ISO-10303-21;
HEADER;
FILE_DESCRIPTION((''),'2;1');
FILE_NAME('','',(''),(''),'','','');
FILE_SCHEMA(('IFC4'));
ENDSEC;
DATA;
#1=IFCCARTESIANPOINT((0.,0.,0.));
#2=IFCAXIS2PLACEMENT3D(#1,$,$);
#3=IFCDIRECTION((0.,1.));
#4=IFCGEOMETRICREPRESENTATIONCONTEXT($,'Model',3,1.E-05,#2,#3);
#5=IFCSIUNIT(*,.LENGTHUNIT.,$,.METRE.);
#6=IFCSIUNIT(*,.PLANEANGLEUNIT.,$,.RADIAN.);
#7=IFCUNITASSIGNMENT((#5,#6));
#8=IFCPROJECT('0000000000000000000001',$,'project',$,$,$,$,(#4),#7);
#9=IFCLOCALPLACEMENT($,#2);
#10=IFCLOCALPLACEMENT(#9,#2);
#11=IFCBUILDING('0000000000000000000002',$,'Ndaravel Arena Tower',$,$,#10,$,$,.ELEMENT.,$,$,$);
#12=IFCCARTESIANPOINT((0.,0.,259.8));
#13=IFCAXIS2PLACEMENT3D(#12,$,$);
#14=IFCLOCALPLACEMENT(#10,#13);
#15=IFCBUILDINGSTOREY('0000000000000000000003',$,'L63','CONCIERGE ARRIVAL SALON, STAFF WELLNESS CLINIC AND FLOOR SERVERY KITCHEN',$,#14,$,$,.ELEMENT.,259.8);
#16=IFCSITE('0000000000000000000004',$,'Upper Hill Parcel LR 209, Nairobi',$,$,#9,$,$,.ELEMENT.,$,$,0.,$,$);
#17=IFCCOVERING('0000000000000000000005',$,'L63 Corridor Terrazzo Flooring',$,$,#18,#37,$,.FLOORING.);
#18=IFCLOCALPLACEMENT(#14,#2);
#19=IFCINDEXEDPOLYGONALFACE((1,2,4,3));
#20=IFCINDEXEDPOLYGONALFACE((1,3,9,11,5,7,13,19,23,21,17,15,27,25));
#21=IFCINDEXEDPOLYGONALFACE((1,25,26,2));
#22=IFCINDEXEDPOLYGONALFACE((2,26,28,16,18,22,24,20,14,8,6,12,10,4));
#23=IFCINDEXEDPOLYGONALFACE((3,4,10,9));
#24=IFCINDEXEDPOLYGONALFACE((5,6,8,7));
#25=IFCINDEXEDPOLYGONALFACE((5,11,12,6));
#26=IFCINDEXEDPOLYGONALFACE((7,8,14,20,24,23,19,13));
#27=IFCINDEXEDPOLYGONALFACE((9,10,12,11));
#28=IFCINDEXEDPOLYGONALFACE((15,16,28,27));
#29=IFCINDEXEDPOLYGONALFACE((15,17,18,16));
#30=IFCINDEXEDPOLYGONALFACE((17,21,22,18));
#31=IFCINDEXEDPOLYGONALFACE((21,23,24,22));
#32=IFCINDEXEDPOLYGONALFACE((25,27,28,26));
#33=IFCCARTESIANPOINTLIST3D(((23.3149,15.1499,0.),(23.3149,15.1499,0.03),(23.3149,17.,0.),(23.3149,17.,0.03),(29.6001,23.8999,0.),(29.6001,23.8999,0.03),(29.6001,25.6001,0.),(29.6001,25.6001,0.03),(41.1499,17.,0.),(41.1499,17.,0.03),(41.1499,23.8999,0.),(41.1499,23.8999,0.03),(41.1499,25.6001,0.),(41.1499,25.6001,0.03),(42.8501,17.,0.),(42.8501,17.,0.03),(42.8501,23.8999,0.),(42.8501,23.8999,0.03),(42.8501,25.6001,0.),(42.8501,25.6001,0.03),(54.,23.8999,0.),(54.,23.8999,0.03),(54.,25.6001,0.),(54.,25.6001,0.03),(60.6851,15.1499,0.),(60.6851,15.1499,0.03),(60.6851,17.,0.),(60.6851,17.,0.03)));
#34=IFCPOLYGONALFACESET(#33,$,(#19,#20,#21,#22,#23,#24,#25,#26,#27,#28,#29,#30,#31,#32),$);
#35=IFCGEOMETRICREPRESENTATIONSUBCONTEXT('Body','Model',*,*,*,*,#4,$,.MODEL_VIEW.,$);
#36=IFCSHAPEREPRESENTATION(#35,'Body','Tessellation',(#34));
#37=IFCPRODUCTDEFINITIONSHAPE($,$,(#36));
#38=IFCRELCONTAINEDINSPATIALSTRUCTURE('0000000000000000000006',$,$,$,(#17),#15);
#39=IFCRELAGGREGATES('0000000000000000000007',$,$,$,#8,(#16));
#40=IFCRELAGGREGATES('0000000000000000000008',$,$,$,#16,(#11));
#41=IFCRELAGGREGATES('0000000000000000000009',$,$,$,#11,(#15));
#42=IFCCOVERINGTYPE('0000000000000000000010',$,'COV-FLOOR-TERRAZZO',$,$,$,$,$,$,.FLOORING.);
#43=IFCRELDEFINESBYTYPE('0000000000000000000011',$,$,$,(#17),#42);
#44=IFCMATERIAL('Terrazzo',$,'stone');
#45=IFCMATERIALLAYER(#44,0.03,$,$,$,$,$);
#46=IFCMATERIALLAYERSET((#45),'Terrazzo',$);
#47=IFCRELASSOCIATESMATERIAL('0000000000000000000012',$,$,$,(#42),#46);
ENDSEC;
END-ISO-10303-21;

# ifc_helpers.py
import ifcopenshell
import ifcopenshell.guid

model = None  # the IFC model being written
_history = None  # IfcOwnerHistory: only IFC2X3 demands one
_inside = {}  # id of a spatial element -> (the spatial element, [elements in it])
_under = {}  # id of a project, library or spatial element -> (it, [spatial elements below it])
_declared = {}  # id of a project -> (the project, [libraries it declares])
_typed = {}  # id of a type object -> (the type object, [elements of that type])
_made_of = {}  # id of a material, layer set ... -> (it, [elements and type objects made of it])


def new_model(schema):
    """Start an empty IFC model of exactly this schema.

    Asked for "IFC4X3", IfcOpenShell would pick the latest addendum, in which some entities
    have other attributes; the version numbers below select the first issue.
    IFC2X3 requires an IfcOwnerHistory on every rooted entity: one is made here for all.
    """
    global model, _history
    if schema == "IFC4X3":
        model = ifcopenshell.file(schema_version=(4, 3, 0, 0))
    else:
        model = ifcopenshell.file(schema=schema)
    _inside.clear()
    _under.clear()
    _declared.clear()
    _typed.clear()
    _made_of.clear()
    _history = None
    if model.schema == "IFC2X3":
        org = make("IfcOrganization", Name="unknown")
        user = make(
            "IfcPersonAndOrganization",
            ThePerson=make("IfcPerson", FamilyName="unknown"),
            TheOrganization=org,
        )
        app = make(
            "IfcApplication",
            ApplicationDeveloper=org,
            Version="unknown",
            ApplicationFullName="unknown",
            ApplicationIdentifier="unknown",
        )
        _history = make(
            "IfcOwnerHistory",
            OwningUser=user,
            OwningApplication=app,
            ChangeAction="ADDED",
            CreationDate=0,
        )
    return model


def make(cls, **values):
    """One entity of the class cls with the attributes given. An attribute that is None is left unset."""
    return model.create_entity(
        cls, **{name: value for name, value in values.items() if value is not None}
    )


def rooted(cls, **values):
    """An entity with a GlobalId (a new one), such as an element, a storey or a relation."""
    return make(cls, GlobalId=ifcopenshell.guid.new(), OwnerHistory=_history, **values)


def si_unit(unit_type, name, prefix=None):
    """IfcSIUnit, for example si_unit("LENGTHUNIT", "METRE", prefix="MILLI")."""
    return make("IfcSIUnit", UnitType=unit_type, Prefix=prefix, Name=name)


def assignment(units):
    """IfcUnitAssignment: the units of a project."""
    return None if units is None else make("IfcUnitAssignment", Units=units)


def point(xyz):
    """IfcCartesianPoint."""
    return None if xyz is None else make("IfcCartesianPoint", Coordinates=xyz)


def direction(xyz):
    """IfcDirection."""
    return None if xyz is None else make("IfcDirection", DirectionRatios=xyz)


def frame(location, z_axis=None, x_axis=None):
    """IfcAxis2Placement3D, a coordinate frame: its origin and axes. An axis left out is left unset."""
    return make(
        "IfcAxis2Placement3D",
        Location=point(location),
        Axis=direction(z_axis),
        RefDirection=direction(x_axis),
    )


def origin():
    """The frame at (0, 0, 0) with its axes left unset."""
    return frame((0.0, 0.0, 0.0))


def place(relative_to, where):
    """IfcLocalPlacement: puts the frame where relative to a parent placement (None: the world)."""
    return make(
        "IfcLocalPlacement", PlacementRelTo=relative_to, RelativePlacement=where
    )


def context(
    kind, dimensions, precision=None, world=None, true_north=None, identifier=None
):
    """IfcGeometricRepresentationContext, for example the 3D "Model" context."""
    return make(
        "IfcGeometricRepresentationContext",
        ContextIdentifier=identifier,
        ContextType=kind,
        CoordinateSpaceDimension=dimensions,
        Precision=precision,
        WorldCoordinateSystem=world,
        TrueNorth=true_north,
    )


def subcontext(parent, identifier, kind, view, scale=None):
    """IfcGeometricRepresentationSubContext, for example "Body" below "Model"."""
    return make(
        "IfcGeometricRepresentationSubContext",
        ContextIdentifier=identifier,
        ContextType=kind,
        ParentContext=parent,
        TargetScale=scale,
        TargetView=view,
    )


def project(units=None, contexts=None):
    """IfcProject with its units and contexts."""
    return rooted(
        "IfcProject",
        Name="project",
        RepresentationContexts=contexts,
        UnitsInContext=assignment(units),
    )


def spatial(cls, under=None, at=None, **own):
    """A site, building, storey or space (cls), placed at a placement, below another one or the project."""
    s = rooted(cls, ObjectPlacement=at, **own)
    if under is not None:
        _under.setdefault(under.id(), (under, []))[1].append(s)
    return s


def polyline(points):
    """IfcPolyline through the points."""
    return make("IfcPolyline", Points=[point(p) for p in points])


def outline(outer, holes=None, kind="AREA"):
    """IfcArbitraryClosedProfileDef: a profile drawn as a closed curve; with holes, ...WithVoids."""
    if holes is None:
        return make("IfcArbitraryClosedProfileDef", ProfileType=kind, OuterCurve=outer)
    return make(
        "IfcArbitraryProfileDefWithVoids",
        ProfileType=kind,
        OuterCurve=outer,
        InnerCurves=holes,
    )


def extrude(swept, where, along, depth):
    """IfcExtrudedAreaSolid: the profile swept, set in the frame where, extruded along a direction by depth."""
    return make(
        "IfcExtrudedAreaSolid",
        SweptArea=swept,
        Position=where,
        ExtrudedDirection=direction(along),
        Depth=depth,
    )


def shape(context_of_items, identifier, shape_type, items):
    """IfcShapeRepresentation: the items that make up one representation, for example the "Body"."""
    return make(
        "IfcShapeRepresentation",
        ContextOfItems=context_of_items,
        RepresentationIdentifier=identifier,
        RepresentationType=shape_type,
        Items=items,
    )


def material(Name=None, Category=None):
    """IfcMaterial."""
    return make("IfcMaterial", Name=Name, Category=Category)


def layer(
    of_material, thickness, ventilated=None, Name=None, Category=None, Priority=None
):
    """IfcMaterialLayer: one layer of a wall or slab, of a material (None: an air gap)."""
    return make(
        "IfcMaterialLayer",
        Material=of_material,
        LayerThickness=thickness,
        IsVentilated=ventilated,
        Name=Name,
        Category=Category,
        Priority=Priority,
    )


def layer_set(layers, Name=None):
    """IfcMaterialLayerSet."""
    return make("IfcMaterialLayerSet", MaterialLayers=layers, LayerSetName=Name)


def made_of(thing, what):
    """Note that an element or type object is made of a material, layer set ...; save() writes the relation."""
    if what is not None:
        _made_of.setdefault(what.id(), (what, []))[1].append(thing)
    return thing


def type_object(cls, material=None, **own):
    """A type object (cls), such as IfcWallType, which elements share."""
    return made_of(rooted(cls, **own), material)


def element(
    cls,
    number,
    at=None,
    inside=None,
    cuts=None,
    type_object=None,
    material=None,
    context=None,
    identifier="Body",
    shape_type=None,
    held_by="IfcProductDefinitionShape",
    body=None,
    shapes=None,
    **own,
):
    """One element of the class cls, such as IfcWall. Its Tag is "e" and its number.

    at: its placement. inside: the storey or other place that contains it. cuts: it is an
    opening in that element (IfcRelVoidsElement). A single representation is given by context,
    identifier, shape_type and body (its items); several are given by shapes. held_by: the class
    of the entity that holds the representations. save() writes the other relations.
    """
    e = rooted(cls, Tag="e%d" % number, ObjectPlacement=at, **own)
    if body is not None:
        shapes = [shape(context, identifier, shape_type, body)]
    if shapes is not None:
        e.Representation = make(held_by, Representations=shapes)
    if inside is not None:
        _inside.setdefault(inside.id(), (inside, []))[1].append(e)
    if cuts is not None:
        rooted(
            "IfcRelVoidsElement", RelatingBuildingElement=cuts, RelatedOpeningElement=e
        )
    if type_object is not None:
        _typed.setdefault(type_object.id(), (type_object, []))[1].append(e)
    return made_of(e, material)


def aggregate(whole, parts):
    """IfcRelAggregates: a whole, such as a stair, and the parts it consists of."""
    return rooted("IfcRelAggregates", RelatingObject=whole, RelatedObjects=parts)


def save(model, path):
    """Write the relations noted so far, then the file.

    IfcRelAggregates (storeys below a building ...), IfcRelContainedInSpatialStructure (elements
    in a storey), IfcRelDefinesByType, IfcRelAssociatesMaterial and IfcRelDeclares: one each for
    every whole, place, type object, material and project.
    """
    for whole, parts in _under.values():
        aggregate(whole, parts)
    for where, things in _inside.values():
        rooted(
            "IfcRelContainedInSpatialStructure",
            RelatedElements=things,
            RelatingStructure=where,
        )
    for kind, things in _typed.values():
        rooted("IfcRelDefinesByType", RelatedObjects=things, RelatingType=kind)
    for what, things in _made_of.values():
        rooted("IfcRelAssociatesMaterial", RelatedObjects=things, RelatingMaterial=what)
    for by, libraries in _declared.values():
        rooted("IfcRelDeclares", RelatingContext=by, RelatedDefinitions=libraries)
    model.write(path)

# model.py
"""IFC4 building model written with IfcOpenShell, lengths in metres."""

from ifc_helpers import new_model, si_unit, direction, frame, origin, place, context, subcontext, project, spatial, polyline, outline, extrude, material, layer, layer_set, type_object, element, save


model = new_model("IFC4")

# Units and contexts
model_context = context("Model", 3, precision=1e-05, world=origin(), true_north=direction((0.0, 1.0)))
body_context = subcontext(model_context, "Body", "Model", "MODEL_VIEW")
ifc_project = project(units=[si_unit("LENGTHUNIT", "METRE"), si_unit("PLANEANGLEUNIT", "RADIAN")], contexts=[model_context])

# Site, building, storey
site_placement = place(None, origin())
site = spatial("IfcSite", under=ifc_project, at=site_placement, Name="Upper Hill Parcel LR 209, Nairobi", CompositionType="ELEMENT", RefElevation=0.0)
building_placement = place(site_placement, origin())
building = spatial("IfcBuilding", under=site, at=building_placement, Name="Ndaravel Arena Tower", CompositionType="ELEMENT")
storey_placement = place(building_placement, frame((0.0, 0.0, 259.8)))
storey = spatial("IfcBuildingStorey", under=building, at=storey_placement, Name="L63", Description="CONCIERGE ARRIVAL SALON, STAFF WELLNESS CLINIC AND FLOOR SERVERY KITCHEN", CompositionType="ELEMENT", Elevation=259.8)

# Covering
ifc_material_1 = material(Name="Terrazzo", Category="stone")
ifc_layer_1 = layer(ifc_material_1, 0.03)
ifc_layer_set_1 = layer_set([ifc_layer_1], Name="Terrazzo")
covering_type_1 = type_object("IfcCoveringType", Name="COV-FLOOR-TERRAZZO", PredefinedType="FLOORING", material=ifc_layer_set_1)
covering_1_placement = place(storey_placement, origin())
element("IfcCovering", 1, at=covering_1_placement, inside=storey, type_object=covering_type_1, Name="L63 Corridor Terrazzo Flooring", PredefinedType="FLOORING", context=body_context, shape_type="SweptSolid", body=[
    extrude(outline(polyline([(60.6851, 17.0), (42.8501, 17.0), (42.8501, 23.8999), (54.0, 23.8999), (54.0, 25.6001), (42.8501, 25.6001), (41.1499, 25.6001), (29.6001, 25.6001), (29.6001, 23.8999), (41.1499, 23.8999), (41.1499, 17.0), (23.3149, 17.0), (23.3149, 15.1499), (60.6851, 15.1499), (60.6851, 17.0)])), origin(), (0.0, 0.0, 1.0), 0.03),
])

save(model, "model.ifc")
